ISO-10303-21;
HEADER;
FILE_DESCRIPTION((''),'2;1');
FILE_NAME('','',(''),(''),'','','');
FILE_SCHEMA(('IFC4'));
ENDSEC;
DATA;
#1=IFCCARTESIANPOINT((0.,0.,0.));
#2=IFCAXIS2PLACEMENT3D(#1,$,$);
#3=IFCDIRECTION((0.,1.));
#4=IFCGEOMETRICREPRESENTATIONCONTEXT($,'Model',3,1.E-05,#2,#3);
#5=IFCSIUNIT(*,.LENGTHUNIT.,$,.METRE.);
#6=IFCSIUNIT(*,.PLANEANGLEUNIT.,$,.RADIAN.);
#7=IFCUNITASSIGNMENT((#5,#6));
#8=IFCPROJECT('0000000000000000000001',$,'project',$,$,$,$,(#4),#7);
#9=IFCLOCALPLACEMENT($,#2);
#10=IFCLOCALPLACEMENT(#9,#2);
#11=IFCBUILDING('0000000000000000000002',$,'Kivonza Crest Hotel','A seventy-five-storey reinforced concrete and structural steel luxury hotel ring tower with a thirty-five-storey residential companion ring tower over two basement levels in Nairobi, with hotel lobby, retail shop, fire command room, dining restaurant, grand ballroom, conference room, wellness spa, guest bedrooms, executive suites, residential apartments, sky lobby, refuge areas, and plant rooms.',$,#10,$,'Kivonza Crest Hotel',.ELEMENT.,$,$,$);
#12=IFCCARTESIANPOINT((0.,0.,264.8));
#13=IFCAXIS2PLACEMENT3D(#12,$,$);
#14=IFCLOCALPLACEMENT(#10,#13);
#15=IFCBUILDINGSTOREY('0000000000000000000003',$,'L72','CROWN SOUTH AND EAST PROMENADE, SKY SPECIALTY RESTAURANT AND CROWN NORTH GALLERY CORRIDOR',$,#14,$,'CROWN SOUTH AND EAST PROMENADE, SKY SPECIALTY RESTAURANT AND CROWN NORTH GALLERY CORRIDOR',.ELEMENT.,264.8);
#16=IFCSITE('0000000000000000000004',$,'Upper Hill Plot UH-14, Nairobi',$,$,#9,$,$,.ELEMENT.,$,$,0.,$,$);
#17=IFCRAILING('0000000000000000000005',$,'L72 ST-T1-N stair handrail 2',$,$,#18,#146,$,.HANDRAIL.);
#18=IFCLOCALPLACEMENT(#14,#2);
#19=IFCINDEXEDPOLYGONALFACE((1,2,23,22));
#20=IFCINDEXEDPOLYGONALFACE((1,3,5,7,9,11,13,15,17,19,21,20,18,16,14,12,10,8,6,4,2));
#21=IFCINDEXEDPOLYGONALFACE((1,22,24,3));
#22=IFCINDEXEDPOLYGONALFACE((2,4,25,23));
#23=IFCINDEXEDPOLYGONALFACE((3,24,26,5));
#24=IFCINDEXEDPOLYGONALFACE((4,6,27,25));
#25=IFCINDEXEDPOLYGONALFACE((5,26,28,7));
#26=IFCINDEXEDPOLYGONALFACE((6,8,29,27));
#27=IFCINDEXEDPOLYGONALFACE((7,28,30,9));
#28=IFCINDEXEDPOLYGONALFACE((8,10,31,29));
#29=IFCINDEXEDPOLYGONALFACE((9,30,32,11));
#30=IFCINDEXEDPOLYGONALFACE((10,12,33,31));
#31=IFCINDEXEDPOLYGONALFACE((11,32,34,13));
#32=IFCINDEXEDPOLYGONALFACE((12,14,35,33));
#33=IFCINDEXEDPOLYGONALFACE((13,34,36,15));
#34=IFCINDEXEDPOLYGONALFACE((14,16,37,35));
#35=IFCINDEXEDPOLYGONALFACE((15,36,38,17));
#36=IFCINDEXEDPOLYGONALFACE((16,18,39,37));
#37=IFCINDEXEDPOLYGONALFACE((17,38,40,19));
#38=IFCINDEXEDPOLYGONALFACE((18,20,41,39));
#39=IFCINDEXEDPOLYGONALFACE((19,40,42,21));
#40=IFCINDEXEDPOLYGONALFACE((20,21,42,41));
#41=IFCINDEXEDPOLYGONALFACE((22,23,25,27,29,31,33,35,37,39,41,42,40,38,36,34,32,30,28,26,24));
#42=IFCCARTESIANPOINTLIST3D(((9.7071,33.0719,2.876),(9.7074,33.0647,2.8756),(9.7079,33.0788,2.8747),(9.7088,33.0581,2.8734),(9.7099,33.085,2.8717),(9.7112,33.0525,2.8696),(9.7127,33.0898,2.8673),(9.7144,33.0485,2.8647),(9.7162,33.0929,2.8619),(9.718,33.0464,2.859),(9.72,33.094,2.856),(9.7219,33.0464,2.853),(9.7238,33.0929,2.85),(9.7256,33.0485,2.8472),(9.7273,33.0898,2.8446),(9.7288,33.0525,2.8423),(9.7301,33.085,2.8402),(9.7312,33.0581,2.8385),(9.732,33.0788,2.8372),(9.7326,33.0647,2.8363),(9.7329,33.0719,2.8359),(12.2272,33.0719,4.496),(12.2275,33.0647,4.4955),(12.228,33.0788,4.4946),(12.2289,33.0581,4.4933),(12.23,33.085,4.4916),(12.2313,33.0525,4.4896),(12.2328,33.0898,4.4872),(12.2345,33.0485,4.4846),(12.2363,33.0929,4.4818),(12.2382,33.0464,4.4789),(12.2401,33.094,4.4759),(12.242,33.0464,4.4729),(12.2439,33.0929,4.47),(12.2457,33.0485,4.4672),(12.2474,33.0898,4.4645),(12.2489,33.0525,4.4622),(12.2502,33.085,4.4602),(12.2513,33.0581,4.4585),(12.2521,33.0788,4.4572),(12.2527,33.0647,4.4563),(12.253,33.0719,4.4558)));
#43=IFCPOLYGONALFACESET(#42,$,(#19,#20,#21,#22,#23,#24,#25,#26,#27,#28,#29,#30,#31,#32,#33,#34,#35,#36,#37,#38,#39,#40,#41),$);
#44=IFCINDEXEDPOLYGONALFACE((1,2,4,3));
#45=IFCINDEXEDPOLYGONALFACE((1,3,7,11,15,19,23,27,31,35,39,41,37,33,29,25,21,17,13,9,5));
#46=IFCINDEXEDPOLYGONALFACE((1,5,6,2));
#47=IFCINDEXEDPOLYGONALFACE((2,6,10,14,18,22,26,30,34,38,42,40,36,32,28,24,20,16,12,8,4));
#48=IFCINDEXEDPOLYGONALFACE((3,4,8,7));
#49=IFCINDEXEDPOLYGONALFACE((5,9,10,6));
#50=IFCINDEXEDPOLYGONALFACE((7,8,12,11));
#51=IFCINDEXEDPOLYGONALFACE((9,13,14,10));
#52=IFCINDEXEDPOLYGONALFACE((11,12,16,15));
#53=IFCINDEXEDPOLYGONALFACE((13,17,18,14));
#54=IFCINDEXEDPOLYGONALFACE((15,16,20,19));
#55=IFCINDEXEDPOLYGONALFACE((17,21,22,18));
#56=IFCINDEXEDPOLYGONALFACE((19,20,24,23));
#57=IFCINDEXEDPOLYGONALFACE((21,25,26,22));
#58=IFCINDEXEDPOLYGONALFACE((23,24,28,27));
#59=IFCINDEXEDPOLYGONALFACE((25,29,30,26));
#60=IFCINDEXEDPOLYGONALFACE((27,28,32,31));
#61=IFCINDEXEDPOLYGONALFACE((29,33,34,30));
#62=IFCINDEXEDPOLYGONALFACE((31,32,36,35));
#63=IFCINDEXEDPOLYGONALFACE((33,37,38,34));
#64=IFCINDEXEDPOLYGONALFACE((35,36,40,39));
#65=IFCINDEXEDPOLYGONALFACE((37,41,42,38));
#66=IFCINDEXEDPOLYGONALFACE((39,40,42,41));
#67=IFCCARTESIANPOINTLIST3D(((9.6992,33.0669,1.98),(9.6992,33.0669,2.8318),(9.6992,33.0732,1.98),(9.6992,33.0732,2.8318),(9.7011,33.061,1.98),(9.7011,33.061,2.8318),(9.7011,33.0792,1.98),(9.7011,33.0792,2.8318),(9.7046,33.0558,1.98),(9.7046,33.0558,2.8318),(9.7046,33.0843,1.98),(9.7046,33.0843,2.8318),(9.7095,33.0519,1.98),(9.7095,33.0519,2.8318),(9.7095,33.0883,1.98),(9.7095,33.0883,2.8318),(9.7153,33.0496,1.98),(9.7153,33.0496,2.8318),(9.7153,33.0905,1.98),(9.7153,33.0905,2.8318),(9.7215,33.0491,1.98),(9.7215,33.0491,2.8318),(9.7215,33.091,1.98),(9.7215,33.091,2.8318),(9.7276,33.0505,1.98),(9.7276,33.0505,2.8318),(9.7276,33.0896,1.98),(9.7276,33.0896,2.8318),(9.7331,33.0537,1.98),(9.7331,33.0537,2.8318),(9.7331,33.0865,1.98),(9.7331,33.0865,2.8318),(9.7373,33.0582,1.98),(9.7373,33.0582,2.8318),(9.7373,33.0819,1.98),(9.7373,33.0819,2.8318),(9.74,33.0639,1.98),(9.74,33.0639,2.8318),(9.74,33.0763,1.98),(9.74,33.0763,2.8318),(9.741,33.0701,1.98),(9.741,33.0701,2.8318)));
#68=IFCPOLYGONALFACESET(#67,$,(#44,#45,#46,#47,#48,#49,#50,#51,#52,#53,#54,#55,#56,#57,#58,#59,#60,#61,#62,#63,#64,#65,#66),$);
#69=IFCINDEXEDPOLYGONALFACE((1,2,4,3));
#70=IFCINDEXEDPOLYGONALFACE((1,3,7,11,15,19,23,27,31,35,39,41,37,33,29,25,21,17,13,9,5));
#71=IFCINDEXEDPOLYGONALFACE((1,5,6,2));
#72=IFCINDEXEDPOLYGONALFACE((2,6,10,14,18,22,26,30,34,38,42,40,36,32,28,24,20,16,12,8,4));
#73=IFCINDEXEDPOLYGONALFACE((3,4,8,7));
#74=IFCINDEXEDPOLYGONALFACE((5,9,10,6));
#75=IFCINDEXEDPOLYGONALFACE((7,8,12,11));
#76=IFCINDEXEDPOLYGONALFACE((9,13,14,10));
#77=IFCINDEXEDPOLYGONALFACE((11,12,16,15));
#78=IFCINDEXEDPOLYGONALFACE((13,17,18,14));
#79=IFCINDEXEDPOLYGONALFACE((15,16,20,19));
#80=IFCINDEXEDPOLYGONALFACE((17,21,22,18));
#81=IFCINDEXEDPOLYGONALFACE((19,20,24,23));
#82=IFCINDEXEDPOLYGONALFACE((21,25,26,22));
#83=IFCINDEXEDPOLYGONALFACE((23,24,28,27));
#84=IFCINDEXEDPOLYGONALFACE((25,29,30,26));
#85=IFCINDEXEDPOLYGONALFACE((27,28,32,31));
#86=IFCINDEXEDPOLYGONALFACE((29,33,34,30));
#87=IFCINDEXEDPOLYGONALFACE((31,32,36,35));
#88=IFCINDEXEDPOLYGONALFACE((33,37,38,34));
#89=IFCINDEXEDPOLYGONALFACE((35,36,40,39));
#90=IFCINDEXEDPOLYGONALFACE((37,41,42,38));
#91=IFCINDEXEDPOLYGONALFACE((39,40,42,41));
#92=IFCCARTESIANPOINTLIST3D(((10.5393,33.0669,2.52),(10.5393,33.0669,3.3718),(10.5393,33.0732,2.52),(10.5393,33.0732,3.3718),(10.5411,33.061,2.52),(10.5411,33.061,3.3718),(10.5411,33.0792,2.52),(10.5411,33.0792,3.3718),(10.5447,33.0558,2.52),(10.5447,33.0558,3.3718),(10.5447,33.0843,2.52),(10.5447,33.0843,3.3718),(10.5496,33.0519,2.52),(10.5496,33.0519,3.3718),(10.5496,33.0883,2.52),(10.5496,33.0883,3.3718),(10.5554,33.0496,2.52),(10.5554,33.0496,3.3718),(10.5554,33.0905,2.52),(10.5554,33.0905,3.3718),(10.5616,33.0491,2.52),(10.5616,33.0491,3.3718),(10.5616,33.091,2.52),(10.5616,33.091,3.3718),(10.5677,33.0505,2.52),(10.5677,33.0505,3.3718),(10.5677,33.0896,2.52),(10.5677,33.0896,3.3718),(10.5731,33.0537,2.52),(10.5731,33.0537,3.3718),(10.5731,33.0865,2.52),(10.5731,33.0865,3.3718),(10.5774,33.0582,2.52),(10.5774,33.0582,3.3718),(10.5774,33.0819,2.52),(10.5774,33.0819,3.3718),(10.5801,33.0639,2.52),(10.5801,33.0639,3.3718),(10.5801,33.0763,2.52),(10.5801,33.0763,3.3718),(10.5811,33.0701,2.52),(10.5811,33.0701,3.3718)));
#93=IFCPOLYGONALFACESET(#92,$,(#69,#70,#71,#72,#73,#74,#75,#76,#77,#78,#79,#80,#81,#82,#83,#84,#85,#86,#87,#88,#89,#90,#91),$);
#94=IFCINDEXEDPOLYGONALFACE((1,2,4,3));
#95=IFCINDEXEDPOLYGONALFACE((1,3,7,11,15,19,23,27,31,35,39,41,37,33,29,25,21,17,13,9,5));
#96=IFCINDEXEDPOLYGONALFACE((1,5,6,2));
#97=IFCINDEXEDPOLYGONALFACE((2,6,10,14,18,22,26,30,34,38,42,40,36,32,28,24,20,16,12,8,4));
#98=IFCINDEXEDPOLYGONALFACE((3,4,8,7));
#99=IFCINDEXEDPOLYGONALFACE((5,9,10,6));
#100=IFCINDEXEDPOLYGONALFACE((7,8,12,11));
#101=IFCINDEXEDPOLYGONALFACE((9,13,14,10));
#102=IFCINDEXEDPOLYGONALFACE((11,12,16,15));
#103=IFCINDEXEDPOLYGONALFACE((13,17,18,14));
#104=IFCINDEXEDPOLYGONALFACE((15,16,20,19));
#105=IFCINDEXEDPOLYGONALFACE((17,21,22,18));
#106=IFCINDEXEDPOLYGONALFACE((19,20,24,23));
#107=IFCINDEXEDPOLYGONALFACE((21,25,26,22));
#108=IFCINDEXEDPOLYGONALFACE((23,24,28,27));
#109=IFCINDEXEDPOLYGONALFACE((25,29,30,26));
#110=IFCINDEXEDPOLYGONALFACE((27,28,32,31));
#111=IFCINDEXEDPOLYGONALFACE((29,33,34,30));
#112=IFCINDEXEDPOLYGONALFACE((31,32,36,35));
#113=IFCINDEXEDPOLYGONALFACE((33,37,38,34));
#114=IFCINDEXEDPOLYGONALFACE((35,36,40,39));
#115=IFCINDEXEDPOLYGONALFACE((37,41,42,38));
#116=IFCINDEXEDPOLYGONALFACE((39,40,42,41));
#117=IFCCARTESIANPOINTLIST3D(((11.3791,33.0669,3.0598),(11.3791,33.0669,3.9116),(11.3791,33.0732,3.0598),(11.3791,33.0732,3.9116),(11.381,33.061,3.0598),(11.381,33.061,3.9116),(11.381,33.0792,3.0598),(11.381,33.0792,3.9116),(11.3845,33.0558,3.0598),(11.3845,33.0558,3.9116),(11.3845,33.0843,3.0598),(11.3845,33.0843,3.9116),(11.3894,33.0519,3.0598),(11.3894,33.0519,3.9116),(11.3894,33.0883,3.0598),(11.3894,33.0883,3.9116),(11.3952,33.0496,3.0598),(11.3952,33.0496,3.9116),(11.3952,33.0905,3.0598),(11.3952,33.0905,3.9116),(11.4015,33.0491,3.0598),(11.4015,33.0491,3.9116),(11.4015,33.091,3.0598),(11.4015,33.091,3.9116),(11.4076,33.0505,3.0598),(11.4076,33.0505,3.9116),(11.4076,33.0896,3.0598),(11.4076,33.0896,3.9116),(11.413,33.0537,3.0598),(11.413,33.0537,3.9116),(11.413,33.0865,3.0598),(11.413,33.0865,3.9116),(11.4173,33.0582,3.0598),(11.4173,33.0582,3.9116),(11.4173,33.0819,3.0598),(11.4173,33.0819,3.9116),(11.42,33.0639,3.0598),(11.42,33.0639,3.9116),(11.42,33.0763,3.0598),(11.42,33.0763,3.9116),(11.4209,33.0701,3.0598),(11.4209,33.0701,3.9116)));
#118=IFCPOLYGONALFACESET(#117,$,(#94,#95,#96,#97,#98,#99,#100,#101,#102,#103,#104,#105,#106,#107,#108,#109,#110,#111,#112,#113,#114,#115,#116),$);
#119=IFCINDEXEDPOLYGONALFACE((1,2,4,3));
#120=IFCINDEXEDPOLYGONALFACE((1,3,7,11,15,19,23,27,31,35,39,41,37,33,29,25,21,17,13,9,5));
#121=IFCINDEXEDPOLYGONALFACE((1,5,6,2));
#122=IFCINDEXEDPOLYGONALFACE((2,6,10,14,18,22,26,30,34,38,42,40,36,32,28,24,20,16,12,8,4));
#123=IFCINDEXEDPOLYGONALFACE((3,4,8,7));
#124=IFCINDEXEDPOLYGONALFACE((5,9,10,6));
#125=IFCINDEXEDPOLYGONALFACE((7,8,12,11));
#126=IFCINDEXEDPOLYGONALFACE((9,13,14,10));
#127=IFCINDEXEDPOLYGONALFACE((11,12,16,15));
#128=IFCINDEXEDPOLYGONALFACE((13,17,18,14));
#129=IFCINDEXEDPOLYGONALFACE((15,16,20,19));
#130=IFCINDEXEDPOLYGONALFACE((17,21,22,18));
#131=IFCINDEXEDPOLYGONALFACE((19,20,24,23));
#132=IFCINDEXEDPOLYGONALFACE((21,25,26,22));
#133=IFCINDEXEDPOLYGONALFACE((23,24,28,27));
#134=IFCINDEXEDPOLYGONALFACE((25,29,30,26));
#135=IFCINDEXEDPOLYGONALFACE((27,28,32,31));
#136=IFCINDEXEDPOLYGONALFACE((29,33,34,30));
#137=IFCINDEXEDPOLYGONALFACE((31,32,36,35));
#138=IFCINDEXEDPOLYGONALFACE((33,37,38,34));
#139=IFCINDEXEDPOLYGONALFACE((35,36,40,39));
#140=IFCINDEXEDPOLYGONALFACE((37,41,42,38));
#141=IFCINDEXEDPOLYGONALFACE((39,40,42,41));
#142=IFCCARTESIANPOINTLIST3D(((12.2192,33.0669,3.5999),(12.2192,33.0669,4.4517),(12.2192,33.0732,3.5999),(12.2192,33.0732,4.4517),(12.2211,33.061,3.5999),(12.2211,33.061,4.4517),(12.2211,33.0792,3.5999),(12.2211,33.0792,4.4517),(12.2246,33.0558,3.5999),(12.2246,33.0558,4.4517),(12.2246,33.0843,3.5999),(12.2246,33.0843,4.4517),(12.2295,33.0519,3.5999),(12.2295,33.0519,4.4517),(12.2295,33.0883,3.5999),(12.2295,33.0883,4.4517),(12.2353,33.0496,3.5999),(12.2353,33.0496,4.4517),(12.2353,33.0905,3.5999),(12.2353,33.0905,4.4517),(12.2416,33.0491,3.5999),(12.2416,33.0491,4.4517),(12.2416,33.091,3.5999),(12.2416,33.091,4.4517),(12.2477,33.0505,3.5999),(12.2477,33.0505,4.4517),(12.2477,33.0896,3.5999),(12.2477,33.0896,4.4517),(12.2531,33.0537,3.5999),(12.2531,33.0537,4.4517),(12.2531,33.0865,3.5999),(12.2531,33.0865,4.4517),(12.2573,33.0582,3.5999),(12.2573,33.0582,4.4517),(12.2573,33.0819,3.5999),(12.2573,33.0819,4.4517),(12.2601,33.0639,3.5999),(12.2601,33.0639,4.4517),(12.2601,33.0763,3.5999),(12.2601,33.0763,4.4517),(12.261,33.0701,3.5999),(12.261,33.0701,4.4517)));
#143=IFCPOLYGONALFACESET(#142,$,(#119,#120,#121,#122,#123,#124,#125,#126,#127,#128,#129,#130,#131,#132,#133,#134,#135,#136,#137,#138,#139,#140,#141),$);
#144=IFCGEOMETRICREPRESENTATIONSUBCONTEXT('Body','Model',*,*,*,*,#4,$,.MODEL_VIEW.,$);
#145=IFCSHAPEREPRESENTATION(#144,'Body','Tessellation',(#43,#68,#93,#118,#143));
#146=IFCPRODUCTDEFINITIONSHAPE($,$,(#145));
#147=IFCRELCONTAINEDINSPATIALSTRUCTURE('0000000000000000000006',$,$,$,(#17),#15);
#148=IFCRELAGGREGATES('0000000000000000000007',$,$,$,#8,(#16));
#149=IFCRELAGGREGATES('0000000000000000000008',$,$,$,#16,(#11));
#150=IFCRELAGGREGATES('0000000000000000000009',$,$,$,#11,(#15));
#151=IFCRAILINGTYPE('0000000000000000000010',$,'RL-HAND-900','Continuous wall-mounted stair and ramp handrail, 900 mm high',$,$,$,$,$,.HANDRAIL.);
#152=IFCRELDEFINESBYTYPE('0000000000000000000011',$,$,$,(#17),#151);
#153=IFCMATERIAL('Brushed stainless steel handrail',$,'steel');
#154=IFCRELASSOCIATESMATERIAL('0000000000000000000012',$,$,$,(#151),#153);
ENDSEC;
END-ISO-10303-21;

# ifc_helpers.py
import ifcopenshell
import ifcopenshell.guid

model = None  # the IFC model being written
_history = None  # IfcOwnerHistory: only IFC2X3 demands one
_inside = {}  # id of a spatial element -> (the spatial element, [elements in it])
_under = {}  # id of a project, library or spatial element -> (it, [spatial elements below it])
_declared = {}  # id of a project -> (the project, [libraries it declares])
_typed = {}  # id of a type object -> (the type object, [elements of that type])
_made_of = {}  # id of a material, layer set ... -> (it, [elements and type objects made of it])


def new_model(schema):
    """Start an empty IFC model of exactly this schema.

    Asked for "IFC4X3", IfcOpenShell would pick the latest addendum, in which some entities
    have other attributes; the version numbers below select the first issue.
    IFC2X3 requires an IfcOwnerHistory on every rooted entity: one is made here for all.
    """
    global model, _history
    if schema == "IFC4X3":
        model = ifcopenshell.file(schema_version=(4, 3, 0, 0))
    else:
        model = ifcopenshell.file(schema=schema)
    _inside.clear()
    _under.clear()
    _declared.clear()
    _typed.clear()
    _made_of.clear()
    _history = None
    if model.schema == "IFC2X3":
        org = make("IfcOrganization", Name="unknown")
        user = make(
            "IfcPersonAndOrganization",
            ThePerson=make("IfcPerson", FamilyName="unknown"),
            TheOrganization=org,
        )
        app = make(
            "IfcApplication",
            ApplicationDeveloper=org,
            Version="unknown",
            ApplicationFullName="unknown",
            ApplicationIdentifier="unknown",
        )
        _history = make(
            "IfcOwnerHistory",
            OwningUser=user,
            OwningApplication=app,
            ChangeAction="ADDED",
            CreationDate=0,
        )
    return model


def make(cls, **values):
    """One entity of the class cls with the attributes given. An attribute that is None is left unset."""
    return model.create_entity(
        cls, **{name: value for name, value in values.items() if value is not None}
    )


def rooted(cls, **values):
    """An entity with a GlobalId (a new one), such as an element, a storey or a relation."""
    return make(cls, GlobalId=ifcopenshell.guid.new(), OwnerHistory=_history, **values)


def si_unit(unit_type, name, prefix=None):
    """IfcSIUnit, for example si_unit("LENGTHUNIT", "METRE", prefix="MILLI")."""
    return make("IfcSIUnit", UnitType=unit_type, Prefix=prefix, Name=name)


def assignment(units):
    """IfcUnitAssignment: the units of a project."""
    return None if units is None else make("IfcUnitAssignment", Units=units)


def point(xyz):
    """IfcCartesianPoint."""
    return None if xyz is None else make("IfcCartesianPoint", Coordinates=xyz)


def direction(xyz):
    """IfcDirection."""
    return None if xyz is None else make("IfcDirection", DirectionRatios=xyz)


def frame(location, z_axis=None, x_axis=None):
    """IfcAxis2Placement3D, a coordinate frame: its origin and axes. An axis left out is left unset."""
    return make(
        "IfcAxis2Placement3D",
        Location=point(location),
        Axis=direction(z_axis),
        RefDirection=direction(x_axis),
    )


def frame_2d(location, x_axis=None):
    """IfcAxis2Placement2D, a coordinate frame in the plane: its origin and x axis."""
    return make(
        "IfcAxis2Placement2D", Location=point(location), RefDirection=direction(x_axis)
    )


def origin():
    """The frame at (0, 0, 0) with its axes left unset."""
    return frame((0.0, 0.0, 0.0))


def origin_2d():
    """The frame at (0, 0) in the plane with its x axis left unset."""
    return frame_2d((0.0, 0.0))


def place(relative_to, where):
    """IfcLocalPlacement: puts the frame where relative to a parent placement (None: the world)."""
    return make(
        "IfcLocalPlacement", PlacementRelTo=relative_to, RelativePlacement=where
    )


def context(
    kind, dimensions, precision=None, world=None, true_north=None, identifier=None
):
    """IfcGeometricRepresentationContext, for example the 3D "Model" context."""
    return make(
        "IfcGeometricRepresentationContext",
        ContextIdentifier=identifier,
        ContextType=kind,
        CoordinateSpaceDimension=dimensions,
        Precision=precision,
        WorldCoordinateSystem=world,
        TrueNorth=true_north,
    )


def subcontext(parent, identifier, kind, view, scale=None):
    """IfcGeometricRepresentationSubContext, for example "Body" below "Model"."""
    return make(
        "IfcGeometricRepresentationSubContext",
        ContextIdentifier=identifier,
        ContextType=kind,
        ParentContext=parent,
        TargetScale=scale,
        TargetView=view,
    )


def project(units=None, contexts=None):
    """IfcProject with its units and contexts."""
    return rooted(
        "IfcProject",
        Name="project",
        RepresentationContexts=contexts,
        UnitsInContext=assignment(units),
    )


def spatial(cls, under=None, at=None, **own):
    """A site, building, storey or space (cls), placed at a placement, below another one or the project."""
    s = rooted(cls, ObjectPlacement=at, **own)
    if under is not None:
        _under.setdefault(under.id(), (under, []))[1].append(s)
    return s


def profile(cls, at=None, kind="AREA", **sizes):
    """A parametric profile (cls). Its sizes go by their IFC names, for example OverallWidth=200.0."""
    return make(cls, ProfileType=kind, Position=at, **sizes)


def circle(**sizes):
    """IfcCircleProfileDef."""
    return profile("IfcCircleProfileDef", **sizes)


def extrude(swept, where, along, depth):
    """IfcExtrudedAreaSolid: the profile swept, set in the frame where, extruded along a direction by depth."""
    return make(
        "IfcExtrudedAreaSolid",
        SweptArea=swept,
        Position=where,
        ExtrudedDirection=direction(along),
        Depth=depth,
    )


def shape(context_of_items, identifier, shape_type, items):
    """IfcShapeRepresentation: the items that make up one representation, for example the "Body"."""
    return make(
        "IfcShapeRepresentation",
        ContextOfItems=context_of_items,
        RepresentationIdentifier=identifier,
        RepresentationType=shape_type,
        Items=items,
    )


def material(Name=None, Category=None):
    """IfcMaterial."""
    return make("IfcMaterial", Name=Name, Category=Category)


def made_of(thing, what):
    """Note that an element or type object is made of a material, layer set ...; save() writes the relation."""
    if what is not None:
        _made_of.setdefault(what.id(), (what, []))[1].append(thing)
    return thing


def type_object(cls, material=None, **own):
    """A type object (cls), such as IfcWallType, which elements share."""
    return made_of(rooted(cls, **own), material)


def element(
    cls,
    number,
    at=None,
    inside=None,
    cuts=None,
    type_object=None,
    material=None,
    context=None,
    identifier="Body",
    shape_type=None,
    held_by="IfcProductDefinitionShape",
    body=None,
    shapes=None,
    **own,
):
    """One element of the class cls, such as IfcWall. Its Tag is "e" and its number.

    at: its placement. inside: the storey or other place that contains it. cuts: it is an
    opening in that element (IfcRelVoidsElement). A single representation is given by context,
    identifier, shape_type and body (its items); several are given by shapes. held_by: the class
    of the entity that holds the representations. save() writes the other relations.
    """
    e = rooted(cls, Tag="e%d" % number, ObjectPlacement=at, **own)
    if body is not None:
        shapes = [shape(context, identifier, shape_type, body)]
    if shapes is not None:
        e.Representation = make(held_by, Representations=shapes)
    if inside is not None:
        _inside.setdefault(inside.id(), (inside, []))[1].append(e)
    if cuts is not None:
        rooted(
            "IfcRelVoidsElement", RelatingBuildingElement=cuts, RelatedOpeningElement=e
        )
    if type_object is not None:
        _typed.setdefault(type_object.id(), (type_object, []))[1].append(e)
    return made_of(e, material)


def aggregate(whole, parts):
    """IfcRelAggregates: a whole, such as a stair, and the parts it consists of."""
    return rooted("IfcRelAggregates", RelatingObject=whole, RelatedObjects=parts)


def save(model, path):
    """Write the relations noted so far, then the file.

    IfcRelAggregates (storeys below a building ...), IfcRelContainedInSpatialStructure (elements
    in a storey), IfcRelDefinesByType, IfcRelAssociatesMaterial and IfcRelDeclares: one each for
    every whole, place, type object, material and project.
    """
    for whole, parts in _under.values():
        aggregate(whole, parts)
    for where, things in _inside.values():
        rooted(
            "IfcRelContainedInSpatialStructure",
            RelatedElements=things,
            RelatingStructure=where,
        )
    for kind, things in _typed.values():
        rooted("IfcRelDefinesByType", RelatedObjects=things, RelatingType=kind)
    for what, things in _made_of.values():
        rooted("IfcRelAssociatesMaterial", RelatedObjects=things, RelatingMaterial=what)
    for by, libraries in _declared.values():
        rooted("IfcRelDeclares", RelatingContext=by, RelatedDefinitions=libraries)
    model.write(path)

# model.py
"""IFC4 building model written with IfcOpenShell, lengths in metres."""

from ifc_helpers import new_model, si_unit, direction, frame, origin, origin_2d, place, context, subcontext, project, spatial, circle, extrude, material, type_object, element, save


model = new_model("IFC4")

# Units and contexts
model_context = context("Model", 3, precision=1e-05, world=origin(), true_north=direction((0.0, 1.0)))
body_context = subcontext(model_context, "Body", "Model", "MODEL_VIEW")
ifc_project = project(units=[si_unit("LENGTHUNIT", "METRE"), si_unit("PLANEANGLEUNIT", "RADIAN")], contexts=[model_context])

# Site, building, storey
site_placement = place(None, origin())
site = spatial("IfcSite", under=ifc_project, at=site_placement, Name="Upper Hill Plot UH-14, Nairobi", CompositionType="ELEMENT", RefElevation=0.0)
building_placement = place(site_placement, origin())
building = spatial("IfcBuilding", under=site, at=building_placement, Name="Kivonza Crest Hotel", Description="A seventy-five-storey reinforced concrete and structural steel luxury hotel ring tower with a thirty-five-storey residential companion ring tower over two basement levels in Nairobi, with hotel lobby, retail shop, fire command room, dining restaurant, grand ballroom, conference room, wellness spa, guest bedrooms, executive suites, residential apartments, sky lobby, refuge areas, and plant rooms.", LongName="Kivonza Crest Hotel", CompositionType="ELEMENT")
storey_placement = place(building_placement, frame((0.0, 0.0, 264.8)))
storey = spatial("IfcBuildingStorey", under=building, at=storey_placement, Name="L72", Description="CROWN SOUTH AND EAST PROMENADE, SKY SPECIALTY RESTAURANT AND CROWN NORTH GALLERY CORRIDOR", LongName="CROWN SOUTH AND EAST PROMENADE, SKY SPECIALTY RESTAURANT AND CROWN NORTH GALLERY CORRIDOR", CompositionType="ELEMENT", Elevation=264.8)

# Railing
ifc_material_1 = material(Name="Brushed stainless steel handrail", Category="steel")
railing_type_1 = type_object("IfcRailingType", Name="RL-HAND-900", Description="Continuous wall-mounted stair and ramp handrail, 900 mm high", PredefinedType="HANDRAIL", material=ifc_material_1)
railing_1_placement = place(storey_placement, frame((9.72, 33.0701, 1.98)))
element("IfcRailing", 1, at=railing_1_placement, inside=storey, type_object=railing_type_1, Name="L72 ST-T1-N stair handrail 2", PredefinedType="HANDRAIL", context=body_context, shape_type="SweptSolid", body=[
    extrude(circle(Radius=0.0239, at=origin_2d()), frame((0.0, 0.0, 0.876), z_axis=(0.8412, 0.0, 0.540725), x_axis=(0.0, 1.0, 0.0)), (0.0, 0.0, 1.0), 2.9958),
    extrude(circle(Radius=0.021, at=origin_2d()), origin(), (0.0, 0.0, 1.0), 0.8518),
    extrude(circle(Radius=0.021, at=origin_2d()), frame((0.8401, 0.0, 0.54)), (0.0, 0.0, 1.0), 0.8518),
    extrude(circle(Radius=0.021, at=origin_2d()), frame((1.6799, 0.0, 1.0798)), (0.0, 0.0, 1.0), 0.8518),
    extrude(circle(Radius=0.021, at=origin_2d()), frame((2.52, 0.0, 1.6199)), (0.0, 0.0, 1.0), 0.8518),
])

save(model, "model.ifc")
